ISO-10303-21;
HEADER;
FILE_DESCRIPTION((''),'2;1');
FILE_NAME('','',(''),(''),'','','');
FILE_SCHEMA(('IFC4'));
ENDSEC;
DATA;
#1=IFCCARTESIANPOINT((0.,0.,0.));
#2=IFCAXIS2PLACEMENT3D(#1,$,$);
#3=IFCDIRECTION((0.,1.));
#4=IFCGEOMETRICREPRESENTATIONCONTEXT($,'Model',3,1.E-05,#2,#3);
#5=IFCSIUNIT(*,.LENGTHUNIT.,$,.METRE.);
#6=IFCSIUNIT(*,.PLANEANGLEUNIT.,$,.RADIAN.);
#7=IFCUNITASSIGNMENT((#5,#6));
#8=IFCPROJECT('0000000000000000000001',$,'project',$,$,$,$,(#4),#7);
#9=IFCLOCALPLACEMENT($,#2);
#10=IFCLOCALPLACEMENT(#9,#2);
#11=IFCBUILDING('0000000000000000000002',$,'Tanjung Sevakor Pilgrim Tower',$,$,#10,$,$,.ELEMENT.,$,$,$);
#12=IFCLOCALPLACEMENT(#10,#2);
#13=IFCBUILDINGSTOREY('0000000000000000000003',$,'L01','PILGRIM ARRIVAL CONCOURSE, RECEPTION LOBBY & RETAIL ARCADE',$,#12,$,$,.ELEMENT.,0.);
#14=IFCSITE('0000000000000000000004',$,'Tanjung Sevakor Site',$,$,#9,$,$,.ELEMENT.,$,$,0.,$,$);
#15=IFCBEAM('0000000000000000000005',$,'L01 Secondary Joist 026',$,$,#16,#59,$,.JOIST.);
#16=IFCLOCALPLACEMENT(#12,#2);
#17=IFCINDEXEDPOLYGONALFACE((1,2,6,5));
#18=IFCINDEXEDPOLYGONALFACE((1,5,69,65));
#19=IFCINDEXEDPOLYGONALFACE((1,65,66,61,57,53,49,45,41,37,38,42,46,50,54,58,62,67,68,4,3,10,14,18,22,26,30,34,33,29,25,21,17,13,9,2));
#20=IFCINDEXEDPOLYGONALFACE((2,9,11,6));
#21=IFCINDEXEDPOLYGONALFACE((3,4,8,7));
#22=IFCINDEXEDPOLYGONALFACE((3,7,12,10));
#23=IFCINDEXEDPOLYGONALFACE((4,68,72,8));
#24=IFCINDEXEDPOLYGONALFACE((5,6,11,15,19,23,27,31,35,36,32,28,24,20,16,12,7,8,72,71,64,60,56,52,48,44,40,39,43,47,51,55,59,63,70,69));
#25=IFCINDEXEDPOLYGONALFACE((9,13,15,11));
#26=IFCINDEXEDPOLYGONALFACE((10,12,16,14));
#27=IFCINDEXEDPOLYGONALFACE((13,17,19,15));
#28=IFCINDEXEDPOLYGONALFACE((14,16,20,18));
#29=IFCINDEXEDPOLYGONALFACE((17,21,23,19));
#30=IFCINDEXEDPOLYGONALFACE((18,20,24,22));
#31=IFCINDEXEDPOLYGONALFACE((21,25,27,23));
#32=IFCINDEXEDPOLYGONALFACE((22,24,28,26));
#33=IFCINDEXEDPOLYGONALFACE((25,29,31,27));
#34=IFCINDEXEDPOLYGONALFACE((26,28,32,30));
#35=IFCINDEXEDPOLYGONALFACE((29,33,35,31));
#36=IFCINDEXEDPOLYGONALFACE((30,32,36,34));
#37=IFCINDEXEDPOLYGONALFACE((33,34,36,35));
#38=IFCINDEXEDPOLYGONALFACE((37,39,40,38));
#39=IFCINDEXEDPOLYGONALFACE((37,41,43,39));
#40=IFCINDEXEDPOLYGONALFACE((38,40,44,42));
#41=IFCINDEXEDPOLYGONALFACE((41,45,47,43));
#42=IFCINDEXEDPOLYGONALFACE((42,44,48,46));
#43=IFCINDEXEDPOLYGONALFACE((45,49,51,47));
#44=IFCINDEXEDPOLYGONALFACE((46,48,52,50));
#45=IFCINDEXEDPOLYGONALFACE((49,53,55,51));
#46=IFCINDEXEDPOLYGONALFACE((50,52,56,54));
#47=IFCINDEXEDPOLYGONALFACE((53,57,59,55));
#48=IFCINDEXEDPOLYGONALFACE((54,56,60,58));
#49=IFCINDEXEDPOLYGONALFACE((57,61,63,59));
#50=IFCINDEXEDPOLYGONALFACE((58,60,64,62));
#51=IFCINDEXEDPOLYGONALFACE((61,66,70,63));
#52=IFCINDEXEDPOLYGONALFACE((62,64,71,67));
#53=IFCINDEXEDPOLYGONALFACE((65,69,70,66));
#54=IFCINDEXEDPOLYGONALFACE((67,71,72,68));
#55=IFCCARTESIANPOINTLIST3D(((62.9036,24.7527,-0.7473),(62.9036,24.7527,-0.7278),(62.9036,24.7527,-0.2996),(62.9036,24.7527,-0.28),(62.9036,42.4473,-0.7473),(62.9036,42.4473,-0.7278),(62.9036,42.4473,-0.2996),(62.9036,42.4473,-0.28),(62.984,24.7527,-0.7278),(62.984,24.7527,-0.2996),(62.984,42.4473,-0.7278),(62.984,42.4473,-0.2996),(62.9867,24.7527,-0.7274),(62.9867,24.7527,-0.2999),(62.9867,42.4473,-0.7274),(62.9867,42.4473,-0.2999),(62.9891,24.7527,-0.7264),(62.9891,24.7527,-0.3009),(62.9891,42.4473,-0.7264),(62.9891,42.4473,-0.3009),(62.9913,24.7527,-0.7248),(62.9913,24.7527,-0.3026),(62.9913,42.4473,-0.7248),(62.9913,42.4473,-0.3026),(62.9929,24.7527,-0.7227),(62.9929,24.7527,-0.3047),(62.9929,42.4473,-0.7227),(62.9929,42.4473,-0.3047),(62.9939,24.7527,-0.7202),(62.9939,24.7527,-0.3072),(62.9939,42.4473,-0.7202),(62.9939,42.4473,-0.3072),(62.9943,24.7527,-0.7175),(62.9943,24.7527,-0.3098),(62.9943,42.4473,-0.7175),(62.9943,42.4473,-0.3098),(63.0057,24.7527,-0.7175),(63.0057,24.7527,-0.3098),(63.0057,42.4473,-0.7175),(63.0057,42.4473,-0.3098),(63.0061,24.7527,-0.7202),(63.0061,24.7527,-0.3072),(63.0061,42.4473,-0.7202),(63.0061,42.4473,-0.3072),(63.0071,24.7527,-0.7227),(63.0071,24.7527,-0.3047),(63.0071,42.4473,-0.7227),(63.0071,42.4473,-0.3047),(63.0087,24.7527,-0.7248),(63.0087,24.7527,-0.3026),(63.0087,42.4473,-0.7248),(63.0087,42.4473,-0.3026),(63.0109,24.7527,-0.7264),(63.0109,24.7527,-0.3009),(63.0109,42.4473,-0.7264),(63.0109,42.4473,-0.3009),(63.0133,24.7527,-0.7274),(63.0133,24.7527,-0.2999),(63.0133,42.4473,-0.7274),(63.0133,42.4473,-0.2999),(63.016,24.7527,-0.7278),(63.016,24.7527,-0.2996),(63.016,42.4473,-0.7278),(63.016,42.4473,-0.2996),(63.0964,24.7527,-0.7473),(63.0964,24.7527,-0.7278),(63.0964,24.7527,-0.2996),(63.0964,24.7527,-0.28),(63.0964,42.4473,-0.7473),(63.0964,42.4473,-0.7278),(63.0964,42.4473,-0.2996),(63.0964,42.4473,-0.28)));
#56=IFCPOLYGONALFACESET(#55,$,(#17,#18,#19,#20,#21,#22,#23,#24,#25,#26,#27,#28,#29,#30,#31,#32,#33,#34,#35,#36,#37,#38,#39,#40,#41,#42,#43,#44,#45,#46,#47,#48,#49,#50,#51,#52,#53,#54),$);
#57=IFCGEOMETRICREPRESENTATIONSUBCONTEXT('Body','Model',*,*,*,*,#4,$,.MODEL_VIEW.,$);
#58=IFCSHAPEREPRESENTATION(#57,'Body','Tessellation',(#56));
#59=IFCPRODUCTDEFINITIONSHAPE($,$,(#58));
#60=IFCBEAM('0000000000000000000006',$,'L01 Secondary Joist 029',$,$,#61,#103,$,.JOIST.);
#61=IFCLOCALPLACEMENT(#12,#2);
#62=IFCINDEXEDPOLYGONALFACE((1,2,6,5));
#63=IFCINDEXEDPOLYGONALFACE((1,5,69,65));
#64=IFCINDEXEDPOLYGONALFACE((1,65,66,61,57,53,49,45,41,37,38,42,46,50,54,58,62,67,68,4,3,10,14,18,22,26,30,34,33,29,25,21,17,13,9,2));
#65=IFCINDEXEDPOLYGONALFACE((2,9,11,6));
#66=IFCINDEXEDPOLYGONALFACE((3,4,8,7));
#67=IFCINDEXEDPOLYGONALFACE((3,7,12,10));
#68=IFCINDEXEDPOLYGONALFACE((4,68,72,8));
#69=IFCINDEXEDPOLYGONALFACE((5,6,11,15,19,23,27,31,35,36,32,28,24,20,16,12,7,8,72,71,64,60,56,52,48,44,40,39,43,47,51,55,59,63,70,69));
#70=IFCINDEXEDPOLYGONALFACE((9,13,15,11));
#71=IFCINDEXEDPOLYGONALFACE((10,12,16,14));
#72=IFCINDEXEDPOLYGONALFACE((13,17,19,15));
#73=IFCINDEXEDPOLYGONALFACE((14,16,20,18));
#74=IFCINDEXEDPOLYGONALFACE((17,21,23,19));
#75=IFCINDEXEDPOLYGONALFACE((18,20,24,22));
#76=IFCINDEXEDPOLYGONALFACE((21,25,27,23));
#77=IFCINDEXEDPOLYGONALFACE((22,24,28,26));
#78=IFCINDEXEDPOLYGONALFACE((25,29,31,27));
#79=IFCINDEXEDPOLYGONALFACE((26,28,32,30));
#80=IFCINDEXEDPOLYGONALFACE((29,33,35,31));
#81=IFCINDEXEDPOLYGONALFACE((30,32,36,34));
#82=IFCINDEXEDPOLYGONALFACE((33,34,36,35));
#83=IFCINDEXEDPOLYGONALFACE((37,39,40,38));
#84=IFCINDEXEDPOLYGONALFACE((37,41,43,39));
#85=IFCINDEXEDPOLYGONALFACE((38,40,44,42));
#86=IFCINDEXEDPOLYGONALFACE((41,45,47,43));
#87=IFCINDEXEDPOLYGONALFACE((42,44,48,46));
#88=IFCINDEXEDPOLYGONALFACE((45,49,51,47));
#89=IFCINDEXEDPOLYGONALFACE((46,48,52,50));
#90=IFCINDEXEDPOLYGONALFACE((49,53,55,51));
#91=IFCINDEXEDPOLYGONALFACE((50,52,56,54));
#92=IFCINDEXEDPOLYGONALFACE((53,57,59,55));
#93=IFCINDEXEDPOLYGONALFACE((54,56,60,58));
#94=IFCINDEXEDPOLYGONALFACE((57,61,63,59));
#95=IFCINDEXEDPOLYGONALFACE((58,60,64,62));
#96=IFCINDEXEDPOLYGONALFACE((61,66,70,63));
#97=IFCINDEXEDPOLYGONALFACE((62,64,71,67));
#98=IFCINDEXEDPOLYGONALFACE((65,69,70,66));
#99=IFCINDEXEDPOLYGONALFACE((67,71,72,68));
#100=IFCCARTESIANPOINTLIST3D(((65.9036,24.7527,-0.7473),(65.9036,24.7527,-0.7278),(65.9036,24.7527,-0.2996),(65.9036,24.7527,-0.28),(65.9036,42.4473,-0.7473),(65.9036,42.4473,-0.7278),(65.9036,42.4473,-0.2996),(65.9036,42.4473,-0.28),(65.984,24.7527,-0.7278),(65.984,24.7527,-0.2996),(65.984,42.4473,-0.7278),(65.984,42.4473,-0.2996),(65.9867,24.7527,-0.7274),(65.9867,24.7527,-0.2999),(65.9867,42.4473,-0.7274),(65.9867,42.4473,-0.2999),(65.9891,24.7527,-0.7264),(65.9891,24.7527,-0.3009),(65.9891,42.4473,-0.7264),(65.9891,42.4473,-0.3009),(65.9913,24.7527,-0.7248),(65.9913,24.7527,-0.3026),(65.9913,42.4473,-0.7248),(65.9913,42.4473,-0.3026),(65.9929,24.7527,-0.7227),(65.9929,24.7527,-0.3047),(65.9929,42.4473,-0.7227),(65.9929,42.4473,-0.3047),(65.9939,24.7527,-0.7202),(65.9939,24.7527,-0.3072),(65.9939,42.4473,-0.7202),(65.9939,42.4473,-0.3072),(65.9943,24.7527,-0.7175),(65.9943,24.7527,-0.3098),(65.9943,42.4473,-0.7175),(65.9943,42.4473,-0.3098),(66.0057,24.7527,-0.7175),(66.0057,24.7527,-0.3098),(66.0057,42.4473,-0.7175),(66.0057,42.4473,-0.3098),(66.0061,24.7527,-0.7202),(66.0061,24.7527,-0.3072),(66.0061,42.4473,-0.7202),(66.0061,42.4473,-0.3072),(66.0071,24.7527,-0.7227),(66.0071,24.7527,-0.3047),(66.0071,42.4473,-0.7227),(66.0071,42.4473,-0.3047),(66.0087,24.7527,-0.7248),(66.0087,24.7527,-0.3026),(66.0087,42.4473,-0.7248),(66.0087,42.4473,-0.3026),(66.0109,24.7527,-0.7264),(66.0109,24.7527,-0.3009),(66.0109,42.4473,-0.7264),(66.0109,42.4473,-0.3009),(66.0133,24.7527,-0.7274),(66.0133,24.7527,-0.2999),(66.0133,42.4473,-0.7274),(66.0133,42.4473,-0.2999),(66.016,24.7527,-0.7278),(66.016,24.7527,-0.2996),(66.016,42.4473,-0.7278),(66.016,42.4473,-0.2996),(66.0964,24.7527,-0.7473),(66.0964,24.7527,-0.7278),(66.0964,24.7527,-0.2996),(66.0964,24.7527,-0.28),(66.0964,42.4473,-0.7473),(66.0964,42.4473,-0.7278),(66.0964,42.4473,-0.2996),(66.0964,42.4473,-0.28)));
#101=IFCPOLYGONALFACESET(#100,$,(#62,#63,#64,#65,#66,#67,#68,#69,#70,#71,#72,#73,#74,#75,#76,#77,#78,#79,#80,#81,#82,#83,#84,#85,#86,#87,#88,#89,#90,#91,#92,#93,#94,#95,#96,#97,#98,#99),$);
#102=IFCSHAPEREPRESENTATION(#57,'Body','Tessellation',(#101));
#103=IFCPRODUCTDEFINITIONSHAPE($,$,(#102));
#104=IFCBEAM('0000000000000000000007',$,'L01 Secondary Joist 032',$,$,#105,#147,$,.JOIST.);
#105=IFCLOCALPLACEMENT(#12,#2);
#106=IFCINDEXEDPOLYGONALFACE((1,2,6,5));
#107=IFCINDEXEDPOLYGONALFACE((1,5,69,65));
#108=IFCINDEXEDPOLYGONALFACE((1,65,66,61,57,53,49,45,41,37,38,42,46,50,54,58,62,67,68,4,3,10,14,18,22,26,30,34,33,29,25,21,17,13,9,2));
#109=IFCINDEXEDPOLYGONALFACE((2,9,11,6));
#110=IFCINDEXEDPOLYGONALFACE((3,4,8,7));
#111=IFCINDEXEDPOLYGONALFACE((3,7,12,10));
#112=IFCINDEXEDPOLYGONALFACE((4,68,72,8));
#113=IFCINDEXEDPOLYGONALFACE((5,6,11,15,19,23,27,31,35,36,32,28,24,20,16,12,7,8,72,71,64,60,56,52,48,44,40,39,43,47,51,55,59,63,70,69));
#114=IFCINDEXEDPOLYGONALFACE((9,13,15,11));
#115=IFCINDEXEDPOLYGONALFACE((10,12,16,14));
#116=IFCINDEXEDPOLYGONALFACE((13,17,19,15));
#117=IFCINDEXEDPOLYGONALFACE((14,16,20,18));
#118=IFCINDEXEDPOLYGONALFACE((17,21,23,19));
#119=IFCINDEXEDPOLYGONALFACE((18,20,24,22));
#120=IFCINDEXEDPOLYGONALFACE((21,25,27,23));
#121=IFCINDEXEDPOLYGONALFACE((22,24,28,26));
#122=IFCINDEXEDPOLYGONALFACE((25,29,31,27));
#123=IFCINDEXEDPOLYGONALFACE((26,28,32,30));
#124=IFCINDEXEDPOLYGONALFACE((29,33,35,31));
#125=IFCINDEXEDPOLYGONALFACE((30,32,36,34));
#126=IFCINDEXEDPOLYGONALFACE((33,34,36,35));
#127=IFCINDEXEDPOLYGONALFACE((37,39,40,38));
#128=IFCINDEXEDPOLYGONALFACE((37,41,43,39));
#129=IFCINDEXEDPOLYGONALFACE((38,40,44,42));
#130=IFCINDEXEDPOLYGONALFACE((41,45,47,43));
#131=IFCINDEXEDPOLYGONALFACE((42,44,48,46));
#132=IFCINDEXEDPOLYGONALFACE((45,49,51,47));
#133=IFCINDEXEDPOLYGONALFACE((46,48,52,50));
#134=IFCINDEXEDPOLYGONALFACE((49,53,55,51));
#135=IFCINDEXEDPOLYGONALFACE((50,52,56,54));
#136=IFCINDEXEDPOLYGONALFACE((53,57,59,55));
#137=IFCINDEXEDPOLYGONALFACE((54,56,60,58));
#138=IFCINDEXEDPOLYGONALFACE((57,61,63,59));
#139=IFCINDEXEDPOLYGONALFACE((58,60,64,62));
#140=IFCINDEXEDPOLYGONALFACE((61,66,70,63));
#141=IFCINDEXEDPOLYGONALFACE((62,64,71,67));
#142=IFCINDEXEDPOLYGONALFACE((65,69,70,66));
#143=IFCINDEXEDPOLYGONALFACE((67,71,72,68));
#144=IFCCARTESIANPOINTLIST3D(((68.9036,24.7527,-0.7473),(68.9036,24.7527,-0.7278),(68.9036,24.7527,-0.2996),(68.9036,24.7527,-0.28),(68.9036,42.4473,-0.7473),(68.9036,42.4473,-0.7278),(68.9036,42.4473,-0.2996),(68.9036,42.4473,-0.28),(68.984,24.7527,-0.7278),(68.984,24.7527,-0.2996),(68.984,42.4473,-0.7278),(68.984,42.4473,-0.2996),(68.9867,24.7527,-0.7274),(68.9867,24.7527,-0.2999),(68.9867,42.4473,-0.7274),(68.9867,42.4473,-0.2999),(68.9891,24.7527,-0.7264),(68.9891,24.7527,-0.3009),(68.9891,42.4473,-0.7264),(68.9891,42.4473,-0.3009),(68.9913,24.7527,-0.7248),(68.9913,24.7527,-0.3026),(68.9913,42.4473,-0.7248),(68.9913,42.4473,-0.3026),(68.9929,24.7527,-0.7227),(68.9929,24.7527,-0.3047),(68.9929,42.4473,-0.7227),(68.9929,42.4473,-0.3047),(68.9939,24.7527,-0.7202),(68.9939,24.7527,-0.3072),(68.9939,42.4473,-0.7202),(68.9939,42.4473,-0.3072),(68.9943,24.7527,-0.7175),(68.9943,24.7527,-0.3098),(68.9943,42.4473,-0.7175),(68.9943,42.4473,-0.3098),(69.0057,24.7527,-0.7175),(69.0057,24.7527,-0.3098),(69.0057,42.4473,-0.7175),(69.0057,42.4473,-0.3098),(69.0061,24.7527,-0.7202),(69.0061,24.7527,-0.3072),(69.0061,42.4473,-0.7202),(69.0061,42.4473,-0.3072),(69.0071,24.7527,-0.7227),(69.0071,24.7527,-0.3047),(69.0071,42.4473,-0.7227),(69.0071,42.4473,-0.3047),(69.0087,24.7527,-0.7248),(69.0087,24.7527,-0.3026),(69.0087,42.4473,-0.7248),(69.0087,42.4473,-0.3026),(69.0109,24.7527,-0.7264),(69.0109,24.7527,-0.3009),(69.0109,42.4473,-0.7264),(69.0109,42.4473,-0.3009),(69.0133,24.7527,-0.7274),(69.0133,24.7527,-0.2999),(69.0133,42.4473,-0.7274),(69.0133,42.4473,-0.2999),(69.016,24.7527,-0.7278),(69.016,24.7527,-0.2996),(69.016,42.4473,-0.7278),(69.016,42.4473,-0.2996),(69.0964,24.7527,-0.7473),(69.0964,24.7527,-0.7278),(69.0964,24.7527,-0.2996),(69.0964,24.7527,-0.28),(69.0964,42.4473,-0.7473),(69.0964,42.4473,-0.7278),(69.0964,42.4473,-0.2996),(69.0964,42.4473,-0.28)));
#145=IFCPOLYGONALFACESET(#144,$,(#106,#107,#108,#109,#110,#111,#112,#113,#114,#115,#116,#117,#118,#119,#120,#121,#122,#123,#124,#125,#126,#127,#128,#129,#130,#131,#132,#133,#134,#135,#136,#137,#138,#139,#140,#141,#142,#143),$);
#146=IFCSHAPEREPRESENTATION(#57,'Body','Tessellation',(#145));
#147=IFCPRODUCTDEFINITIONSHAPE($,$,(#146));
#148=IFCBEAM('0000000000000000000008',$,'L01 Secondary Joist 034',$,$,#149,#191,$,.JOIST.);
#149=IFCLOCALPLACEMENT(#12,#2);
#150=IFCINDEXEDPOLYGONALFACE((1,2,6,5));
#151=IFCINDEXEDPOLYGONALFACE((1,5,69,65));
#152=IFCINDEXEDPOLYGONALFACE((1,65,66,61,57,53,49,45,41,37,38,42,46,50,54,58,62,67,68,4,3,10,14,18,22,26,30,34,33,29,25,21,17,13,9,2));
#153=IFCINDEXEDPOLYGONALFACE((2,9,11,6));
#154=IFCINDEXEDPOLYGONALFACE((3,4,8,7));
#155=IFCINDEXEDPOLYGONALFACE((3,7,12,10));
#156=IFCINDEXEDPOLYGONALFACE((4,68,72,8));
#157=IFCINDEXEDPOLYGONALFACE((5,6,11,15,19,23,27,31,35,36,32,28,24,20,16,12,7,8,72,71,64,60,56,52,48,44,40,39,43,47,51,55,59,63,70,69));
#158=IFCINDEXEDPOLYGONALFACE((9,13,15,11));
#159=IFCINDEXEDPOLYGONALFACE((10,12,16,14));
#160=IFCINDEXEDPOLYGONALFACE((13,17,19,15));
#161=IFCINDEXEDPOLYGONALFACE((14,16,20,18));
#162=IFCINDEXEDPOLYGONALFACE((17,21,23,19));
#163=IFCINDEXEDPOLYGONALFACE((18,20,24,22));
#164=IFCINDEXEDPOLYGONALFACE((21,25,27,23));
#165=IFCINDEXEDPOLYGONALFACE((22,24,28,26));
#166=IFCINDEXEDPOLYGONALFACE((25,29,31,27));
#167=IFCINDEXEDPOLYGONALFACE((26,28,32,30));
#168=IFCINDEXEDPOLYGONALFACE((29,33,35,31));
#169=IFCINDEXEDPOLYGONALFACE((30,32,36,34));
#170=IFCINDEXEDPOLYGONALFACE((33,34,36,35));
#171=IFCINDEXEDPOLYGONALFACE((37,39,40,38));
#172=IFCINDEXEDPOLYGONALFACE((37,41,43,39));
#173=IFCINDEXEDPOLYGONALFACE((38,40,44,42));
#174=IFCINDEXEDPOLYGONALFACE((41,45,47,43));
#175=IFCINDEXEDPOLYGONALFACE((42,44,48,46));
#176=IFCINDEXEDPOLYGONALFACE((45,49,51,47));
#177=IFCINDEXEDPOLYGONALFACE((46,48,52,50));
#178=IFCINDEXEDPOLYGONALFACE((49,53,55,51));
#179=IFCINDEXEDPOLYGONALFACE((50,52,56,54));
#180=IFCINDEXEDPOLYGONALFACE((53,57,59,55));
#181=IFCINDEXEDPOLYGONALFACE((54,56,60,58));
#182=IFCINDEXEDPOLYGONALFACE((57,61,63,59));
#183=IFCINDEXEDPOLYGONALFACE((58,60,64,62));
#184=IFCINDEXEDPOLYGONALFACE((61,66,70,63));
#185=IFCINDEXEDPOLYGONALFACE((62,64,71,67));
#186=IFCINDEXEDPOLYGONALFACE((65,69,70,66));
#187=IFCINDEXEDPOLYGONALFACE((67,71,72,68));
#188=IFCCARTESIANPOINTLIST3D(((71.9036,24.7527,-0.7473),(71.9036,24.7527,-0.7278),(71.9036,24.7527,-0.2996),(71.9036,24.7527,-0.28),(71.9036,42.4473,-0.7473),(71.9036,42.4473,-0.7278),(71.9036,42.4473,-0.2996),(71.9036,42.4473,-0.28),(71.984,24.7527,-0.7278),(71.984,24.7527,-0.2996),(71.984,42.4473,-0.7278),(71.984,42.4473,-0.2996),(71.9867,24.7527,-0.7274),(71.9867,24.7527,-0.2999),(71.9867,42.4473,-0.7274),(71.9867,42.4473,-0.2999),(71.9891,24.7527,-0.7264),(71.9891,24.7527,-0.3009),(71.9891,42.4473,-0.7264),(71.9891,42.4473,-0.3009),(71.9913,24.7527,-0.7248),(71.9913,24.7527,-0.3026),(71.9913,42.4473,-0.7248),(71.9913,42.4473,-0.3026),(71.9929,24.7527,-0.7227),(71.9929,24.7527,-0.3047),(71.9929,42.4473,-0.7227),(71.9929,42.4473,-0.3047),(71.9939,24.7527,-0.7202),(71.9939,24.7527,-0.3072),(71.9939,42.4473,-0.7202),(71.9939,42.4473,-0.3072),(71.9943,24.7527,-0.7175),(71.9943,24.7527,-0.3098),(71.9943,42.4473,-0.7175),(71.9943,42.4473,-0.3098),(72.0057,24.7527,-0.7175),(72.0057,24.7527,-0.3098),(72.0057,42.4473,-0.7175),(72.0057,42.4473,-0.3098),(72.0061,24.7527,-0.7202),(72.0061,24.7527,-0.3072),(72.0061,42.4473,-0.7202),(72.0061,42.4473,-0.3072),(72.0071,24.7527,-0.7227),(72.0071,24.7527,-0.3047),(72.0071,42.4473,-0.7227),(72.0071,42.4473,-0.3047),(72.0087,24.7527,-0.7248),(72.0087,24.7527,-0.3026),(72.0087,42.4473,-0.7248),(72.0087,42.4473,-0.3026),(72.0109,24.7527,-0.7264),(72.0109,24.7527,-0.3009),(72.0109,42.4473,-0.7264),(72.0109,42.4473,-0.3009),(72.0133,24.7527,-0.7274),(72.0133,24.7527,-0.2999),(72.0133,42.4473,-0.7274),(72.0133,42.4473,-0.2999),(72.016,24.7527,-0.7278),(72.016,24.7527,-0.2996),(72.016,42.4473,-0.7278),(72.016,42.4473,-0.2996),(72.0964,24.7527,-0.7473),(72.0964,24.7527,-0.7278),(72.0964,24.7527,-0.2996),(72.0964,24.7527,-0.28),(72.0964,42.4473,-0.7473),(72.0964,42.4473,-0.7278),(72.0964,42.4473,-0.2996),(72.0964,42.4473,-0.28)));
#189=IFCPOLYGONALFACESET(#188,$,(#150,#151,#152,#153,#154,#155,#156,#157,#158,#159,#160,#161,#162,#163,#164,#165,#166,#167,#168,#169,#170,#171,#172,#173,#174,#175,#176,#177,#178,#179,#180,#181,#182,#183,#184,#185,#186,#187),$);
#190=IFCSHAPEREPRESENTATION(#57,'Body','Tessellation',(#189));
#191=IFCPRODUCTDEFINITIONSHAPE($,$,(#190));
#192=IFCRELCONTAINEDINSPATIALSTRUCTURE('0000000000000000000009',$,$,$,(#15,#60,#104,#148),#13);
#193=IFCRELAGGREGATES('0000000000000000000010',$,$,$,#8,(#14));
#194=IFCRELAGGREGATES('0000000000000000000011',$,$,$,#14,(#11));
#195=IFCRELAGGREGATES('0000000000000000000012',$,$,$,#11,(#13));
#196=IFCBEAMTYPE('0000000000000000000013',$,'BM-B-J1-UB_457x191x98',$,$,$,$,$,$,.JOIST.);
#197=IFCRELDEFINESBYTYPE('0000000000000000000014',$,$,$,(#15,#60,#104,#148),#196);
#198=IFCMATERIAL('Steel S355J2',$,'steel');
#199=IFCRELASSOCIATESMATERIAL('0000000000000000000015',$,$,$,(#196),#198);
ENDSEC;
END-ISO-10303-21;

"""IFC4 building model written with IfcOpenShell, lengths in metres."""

from ifc_helpers import new_model, si_unit, direction, frame, origin, origin_2d, place, context, subcontext, project, spatial, i_section, extrude, material, material_profile, profile_set, type_object, element, save


model = new_model("IFC4")

# Units and contexts
model_context = context("Model", 3, precision=1e-05, world=origin(), true_north=direction((0.0, 1.0)))
body_context = subcontext(model_context, "Body", "Model", "MODEL_VIEW")
ifc_project = project(units=[si_unit("LENGTHUNIT", "METRE"), si_unit("PLANEANGLEUNIT", "RADIAN")], contexts=[model_context])

# Site, building, storey
site_placement = place(None, origin())
site = spatial("IfcSite", under=ifc_project, at=site_placement, Name="Tanjung Sevakor Site", CompositionType="ELEMENT", RefElevation=0.0)
building_placement = place(site_placement, origin())
building = spatial("IfcBuilding", under=site, at=building_placement, Name="Tanjung Sevakor Pilgrim Tower", CompositionType="ELEMENT")
storey_placement = place(building_placement, origin())
storey = spatial("IfcBuildingStorey", under=building, at=storey_placement, Name="L01", Description="PILGRIM ARRIVAL CONCOURSE, RECEPTION LOBBY & RETAIL ARCADE", CompositionType="ELEMENT", Elevation=0.0)

# Beams
ifc_material_1 = material(Name="Steel S355J2", Category="steel")
ifc_material_profile_1 = material_profile(ifc_material_1, i_section(OverallWidth=0.1929, OverallDepth=0.4673, WebThickness=0.0115, FlangeThickness=0.0195, FilletRadius=0.0103, at=origin_2d()))
ifc_profile_set_1 = profile_set([ifc_material_profile_1], Name="Steel S355J2")
beam_type_1 = type_object("IfcBeamType", Name="BM-B-J1-UB_457x191x98", PredefinedType="JOIST", material=ifc_profile_set_1)
for number, where, z_axis, x_axis, name in (
    (1, (63.0, 24.7527, -0.5137), (0.0, 1.0, 0.0), (-1.0, 0.0, 0.0), "L01 Secondary Joist 026"),
    (2, (66.0, 24.7527, -0.5137), (0.0, 1.0, 0.0), (-1.0, 0.0, 0.0), "L01 Secondary Joist 029"),
    (3, (69.0, 24.7527, -0.5137), (0.0, 1.0, 0.0), (-1.0, 0.0, 0.0), "L01 Secondary Joist 032"),
    (4, (72.0, 24.7527, -0.5137), (0.0, 1.0, 0.0), (-1.0, 0.0, 0.0), "L01 Secondary Joist 034"),
):
    element("IfcBeam", number, at=place(storey_placement, frame(where, z_axis=z_axis, x_axis=x_axis)), inside=storey, type_object=beam_type_1, Name=name, PredefinedType="JOIST", context=body_context, shape_type="SweptSolid", body=[
        extrude(i_section(OverallWidth=0.1929, OverallDepth=0.4673, WebThickness=0.0115, FlangeThickness=0.0195, FilletRadius=0.0103, at=origin_2d()), origin(), (0.0, 0.0, 1.0), 17.6946),
    ])

save(model, "model.ifc")
